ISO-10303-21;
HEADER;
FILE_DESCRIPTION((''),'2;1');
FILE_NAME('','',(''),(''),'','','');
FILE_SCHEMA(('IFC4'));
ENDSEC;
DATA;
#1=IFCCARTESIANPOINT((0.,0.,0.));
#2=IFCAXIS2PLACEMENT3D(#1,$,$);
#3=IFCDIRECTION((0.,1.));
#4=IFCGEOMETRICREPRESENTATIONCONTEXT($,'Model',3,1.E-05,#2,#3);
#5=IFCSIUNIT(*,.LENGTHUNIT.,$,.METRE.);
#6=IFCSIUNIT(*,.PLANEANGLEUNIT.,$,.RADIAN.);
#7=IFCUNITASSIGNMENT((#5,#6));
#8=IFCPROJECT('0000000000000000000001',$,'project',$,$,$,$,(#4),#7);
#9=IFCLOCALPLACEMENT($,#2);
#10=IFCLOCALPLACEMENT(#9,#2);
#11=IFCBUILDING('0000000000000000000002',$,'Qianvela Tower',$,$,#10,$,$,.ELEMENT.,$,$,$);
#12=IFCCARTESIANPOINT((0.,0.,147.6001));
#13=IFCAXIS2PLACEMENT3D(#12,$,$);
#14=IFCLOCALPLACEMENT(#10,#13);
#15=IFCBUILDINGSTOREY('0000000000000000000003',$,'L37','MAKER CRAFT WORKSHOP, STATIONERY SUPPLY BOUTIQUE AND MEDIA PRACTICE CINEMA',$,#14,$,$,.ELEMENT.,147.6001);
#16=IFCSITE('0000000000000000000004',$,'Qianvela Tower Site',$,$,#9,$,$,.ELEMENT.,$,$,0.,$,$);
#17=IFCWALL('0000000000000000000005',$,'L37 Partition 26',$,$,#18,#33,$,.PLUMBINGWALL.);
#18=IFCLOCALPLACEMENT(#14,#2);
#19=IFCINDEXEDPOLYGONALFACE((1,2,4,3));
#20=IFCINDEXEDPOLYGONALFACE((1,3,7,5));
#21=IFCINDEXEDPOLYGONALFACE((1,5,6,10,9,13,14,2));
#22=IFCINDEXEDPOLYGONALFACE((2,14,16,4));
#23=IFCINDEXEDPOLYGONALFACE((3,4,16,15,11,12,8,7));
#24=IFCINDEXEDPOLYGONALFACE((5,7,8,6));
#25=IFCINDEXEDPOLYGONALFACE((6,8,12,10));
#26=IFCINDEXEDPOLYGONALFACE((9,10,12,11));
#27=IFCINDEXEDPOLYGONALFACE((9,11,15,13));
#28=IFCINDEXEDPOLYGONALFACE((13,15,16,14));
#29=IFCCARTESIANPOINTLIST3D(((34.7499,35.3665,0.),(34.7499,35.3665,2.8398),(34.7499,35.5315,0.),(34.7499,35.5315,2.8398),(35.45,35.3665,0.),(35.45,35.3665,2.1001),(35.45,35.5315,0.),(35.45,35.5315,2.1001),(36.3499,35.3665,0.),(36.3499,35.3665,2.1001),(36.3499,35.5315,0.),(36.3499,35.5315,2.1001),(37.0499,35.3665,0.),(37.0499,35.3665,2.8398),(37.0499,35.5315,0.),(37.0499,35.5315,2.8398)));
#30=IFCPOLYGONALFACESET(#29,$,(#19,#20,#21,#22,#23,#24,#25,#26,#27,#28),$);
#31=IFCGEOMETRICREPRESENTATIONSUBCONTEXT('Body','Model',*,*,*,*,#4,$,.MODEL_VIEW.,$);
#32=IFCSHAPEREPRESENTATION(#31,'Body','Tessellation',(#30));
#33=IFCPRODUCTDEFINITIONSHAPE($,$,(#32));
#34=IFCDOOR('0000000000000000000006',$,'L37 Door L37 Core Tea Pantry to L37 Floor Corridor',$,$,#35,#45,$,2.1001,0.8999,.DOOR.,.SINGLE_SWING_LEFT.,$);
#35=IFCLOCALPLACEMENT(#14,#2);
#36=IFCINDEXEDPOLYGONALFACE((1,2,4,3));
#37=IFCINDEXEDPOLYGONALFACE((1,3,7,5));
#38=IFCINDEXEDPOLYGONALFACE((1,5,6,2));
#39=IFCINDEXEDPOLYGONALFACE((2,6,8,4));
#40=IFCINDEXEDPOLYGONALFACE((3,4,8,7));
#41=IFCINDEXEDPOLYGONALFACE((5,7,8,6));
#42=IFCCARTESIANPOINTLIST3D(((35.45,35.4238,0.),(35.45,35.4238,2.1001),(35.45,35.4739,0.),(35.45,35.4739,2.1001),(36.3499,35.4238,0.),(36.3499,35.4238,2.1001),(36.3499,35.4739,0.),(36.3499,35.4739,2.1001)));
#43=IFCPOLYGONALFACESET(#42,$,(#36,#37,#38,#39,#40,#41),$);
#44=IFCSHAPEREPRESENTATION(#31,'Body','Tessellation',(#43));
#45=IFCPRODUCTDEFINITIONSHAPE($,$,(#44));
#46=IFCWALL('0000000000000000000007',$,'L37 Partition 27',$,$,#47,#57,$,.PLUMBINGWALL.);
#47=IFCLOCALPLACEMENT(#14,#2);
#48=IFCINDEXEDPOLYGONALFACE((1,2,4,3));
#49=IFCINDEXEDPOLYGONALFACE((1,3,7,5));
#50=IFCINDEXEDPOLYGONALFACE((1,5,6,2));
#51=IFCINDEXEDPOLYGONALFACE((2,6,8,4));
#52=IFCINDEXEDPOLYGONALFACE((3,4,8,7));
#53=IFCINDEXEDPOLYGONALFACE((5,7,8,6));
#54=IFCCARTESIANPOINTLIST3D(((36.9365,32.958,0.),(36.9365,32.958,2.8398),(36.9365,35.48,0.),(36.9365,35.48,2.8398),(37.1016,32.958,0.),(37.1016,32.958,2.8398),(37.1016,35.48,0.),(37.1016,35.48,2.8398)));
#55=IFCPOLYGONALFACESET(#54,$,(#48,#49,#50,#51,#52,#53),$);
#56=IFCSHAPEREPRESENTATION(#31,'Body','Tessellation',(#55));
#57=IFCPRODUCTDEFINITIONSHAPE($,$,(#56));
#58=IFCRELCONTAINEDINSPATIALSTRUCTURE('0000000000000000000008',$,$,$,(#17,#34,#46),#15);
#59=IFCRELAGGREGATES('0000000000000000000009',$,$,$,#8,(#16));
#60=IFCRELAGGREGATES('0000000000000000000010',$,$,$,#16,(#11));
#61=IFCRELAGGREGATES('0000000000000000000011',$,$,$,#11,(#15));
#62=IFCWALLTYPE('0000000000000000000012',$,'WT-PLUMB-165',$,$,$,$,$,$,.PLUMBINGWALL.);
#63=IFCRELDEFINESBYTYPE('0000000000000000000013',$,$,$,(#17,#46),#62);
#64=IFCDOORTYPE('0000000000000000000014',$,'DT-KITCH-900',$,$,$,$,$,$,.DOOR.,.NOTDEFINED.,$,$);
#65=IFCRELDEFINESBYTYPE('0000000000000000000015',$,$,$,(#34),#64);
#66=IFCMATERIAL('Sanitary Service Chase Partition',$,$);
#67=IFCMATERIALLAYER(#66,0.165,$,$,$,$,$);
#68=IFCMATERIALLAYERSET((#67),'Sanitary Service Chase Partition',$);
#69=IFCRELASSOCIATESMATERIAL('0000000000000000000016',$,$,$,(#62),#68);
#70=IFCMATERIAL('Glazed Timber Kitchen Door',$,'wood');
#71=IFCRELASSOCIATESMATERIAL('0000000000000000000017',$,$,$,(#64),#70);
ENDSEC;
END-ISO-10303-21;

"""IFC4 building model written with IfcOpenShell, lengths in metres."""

from ifc_helpers import new_model, si_unit, direction, frame, frame_2d, origin, place, context, subcontext, project, spatial, rectangle, extrude, material, layer, layer_set, type_object, element, fill, save


model = new_model("IFC4")

# Units and contexts
model_context = context("Model", 3, precision=1e-05, world=origin(), true_north=direction((0.0, 1.0)))
body_context = subcontext(model_context, "Body", "Model", "MODEL_VIEW")
ifc_project = project(units=[si_unit("LENGTHUNIT", "METRE"), si_unit("PLANEANGLEUNIT", "RADIAN")], contexts=[model_context])

# Site, building, storey
site_placement = place(None, origin())
site = spatial("IfcSite", under=ifc_project, at=site_placement, Name="Qianvela Tower Site", CompositionType="ELEMENT", RefElevation=0.0)
building_placement = place(site_placement, origin())
building = spatial("IfcBuilding", under=site, at=building_placement, Name="Qianvela Tower", CompositionType="ELEMENT")
storey_placement = place(building_placement, frame((0.0, 0.0, 147.6001)))
storey = spatial("IfcBuildingStorey", under=building, at=storey_placement, Name="L37", Description="MAKER CRAFT WORKSHOP, STATIONERY SUPPLY BOUTIQUE AND MEDIA PRACTICE CINEMA", CompositionType="ELEMENT", Elevation=147.6001)

# Shared definitions
ifc_material_1 = material(Name="Sanitary Service Chase Partition")
ifc_layer_1 = layer(ifc_material_1, 0.165)
ifc_layer_set_1 = layer_set([ifc_layer_1], Name="Sanitary Service Chase Partition")
wall_type_1 = type_object("IfcWallType", Name="WT-PLUMB-165", PredefinedType="PLUMBINGWALL", material=ifc_layer_set_1)

# Wall, opening, door
wall_1_placement = place(storey_placement, frame((34.75, 35.449, 0.0), z_axis=(0.0, 0.0, 1.0), x_axis=(1.0, 0.0, 0.0)))
wall_1 = element("IfcWall", 1, at=wall_1_placement, inside=storey, type_object=wall_type_1, Name="L37 Partition 26", PredefinedType="PLUMBINGWALL", context=body_context, shape_type="SweptSolid", body=[
    extrude(rectangle(XDim=2.3, YDim=0.165, at=frame_2d((1.1499, 0.0))), origin(), (0.0, 0.0, 1.0), 2.8398),
])
opening_1_placement = place(wall_1_placement, frame((0.7, 0.0, 0.0)))
opening_1 = element("IfcOpeningElement", 2, at=opening_1_placement, cuts=wall_1, PredefinedType="OPENING", context=body_context, shape_type="SweptSolid", body=[
    extrude(rectangle(XDim=0.8999, YDim=2.1001, at=frame_2d((0.45, 1.05))), frame((0.0, 0.0925, 0.0), z_axis=(0.0, -1.0, 0.0), x_axis=(1.0, 0.0, 0.0)), (0.0, 0.0, 1.0), 0.1851),
])
ifc_material_2 = material(Name="Glazed Timber Kitchen Door", Category="wood")
door_type_1 = type_object("IfcDoorType", Name="DT-KITCH-900", OperationType="NOTDEFINED", PredefinedType="DOOR", material=ifc_material_2)
door_1_placement = place(opening_1_placement, origin())
door_1 = element("IfcDoor", 3, at=door_1_placement, inside=storey, type_object=door_type_1, Name="L37 Door L37 Core Tea Pantry to L37 Floor Corridor", OperationType="SINGLE_SWING_LEFT", OverallHeight=2.1001, OverallWidth=0.8999, PredefinedType="DOOR", context=body_context, shape_type="SweptSolid", body=[
    extrude(rectangle(XDim=0.8999, YDim=2.1001, at=frame_2d((0.45, 1.05))), frame((0.0, 0.0249, 0.0), z_axis=(0.0, -1.0, 0.0), x_axis=(1.0, 0.0, 0.0)), (0.0, 0.0, 1.0), 0.05),
])
fill(opening_1, door_1)

# Wall
wall_2_placement = place(storey_placement, frame((37.019, 35.48, 0.0), z_axis=(0.0, 0.0, 1.0), x_axis=(0.0, -1.0, 0.0)))
element("IfcWall", 4, at=wall_2_placement, inside=storey, type_object=wall_type_1, Name="L37 Partition 27", PredefinedType="PLUMBINGWALL", context=body_context, shape_type="SweptSolid", body=[
    extrude(rectangle(XDim=2.522, YDim=0.165, at=frame_2d((1.261, 0.0))), origin(), (0.0, 0.0, 1.0), 2.8398),
])

save(model, "model.ifc")
